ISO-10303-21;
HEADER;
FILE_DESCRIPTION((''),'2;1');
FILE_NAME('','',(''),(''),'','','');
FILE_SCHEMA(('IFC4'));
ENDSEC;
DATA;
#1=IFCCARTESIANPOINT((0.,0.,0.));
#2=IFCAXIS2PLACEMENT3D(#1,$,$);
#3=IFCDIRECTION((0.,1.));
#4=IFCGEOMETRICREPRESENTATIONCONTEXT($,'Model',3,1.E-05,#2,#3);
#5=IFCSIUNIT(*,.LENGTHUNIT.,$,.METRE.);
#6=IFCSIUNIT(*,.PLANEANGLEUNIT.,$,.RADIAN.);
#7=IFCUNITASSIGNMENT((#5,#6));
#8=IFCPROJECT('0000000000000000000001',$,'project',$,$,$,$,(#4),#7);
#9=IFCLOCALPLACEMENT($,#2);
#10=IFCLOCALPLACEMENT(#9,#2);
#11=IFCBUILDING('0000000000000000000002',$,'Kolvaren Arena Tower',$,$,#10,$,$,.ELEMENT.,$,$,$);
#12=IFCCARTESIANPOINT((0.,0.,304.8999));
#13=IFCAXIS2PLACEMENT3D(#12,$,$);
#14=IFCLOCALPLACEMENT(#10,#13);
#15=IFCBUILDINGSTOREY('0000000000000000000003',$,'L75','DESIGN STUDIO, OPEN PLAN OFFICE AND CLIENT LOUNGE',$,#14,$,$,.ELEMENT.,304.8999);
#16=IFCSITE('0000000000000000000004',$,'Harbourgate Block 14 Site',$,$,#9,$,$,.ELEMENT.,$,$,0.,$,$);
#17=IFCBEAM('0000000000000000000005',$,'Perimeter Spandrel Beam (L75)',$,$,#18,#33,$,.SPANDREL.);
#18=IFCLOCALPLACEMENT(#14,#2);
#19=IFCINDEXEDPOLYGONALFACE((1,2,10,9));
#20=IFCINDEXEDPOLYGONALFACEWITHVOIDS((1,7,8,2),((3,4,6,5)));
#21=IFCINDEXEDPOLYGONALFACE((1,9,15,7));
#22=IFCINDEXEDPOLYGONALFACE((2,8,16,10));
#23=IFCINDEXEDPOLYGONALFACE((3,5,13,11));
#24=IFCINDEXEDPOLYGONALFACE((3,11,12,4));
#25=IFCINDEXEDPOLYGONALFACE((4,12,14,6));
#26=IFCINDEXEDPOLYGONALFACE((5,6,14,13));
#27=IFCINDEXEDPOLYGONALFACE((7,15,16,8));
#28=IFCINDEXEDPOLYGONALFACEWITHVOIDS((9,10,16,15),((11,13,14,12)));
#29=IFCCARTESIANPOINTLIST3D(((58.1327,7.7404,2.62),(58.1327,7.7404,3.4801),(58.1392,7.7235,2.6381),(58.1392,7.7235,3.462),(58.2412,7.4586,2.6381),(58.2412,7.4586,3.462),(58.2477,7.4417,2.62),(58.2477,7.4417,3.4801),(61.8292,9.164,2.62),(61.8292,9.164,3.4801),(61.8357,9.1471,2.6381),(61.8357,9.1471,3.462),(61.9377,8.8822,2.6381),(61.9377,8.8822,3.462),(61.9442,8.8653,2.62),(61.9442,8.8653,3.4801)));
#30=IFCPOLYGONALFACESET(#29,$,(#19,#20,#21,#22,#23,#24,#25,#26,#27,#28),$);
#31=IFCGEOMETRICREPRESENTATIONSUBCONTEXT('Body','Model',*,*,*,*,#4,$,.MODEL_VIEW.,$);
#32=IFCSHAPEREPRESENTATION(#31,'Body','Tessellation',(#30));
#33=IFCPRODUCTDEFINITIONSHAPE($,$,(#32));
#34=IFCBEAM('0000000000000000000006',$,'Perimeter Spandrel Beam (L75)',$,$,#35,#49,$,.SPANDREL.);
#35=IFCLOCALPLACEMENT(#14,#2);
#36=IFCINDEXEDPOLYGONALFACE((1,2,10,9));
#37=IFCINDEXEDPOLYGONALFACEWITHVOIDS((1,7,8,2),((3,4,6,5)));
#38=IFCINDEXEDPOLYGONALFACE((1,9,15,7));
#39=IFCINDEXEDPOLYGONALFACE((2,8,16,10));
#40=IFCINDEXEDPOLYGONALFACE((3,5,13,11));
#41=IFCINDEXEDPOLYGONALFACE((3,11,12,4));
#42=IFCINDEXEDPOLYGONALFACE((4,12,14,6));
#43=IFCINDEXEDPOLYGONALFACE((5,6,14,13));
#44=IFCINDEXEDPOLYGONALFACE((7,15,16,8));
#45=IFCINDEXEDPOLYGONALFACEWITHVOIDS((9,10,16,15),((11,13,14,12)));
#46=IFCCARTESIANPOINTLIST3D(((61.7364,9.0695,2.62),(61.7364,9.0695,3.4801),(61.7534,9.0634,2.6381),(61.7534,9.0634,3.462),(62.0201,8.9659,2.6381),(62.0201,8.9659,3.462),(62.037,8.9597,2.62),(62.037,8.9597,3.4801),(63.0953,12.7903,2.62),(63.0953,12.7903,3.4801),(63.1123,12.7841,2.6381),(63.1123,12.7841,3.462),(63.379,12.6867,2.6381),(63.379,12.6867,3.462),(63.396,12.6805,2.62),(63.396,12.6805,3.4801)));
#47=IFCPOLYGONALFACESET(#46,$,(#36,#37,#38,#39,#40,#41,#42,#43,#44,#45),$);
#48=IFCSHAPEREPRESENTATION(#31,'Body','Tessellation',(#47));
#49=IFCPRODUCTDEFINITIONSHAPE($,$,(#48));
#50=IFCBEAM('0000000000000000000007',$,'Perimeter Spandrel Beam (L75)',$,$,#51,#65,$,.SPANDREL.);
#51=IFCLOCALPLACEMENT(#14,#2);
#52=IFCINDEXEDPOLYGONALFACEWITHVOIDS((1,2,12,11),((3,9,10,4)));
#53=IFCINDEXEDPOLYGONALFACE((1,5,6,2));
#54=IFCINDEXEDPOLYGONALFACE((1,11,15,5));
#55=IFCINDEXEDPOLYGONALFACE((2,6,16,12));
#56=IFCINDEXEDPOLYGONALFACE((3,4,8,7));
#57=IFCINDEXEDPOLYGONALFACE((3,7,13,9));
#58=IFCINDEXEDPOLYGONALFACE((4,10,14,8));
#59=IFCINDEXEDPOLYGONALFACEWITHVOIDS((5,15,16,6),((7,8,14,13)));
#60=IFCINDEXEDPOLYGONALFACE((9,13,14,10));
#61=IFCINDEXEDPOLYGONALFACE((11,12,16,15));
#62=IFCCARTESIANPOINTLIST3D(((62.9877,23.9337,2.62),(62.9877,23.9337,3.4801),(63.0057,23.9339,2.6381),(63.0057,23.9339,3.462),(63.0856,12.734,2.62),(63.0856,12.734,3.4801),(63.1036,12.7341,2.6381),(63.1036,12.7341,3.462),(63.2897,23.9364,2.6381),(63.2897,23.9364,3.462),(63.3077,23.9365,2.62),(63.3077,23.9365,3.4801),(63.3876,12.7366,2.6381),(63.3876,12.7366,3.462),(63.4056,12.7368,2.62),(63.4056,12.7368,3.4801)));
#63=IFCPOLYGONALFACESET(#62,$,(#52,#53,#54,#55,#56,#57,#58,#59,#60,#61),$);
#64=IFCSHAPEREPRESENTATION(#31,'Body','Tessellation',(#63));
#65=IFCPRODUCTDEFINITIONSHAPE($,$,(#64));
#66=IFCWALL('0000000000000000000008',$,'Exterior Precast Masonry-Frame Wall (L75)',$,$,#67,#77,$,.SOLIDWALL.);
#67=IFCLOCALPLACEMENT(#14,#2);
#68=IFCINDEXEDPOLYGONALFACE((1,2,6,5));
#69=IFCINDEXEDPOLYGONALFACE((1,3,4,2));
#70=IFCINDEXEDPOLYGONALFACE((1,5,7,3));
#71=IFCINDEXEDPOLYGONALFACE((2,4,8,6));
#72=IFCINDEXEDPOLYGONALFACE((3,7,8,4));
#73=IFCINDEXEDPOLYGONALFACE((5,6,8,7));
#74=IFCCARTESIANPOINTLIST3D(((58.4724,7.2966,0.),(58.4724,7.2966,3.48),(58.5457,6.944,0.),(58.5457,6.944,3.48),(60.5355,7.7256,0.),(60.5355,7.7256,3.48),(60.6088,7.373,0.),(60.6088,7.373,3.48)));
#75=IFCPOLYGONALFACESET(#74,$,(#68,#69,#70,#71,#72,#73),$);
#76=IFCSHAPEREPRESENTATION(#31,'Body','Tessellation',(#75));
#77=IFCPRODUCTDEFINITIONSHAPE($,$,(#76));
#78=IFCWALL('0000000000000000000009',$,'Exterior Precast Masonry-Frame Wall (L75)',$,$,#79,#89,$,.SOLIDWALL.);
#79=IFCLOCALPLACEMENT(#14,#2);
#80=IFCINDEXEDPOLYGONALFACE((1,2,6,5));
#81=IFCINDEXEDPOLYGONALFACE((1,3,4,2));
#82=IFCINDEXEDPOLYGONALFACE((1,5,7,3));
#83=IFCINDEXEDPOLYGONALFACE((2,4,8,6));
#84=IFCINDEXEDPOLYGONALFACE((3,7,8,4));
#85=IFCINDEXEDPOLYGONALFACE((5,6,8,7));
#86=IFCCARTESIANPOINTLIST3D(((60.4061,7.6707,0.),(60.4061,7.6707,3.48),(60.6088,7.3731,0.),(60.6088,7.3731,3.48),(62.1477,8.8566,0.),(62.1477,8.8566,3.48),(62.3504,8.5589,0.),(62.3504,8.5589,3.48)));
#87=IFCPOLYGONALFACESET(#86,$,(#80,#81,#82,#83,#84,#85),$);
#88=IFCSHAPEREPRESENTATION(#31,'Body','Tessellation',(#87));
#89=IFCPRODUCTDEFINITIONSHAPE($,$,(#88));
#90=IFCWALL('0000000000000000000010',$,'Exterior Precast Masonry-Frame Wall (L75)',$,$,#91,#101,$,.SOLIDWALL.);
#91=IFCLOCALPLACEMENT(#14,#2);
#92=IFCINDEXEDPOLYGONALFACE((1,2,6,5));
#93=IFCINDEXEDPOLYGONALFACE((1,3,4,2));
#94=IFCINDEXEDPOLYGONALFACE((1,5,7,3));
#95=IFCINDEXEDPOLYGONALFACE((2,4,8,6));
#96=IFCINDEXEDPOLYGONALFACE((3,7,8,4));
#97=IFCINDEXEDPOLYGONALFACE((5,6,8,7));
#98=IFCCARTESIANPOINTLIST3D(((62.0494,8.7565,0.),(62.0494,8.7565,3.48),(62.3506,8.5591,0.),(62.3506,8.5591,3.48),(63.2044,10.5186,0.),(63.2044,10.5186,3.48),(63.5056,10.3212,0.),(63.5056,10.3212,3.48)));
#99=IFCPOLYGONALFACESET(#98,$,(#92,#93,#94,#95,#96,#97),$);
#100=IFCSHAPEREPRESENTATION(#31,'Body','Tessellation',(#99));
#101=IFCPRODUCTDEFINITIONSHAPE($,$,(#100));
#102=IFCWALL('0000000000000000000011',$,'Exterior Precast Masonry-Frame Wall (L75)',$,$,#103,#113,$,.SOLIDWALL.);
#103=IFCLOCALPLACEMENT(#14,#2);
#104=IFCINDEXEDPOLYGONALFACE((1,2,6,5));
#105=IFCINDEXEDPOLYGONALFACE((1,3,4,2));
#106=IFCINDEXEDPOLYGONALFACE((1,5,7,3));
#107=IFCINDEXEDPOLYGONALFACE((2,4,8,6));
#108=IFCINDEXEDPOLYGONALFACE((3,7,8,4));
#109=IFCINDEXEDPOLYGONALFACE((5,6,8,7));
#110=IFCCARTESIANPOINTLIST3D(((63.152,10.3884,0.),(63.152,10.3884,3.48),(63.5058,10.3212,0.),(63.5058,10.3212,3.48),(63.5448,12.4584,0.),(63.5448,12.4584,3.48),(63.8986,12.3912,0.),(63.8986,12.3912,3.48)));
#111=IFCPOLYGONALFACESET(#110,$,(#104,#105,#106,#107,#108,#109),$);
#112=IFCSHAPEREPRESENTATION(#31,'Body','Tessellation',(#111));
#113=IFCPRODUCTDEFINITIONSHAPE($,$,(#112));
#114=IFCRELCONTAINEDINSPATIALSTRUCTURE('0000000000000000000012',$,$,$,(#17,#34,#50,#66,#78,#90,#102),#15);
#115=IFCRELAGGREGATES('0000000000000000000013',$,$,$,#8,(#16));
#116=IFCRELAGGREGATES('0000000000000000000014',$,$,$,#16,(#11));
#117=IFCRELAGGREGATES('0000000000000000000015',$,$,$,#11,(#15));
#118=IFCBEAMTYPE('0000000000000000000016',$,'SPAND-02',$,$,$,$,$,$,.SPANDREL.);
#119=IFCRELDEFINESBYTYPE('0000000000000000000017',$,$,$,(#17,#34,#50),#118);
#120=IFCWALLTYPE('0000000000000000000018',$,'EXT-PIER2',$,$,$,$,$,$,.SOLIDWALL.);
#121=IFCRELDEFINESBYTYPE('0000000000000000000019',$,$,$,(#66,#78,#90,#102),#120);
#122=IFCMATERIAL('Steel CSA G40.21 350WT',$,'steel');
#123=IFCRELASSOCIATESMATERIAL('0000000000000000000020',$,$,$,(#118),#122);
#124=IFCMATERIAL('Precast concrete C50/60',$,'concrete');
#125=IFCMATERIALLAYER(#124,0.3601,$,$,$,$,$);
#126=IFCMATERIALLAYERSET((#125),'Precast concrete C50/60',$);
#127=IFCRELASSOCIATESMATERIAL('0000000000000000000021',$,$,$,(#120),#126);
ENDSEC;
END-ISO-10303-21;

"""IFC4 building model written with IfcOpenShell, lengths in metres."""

from ifc_helpers import new_model, si_unit, direction, frame, frame_2d, origin, origin_2d, place, context, subcontext, project, spatial, rectangle, hollow_rectangle, extrude, material, layer, layer_set, material_profile, profile_set, type_object, element, save


model = new_model("IFC4")

# Units and contexts
model_context = context("Model", 3, precision=1e-05, world=origin(), true_north=direction((0.0, 1.0)))
body_context = subcontext(model_context, "Body", "Model", "MODEL_VIEW")
ifc_project = project(units=[si_unit("LENGTHUNIT", "METRE"), si_unit("PLANEANGLEUNIT", "RADIAN")], contexts=[model_context])

# Site, building, storey
site_placement = place(None, origin())
site = spatial("IfcSite", under=ifc_project, at=site_placement, Name="Harbourgate Block 14 Site", CompositionType="ELEMENT", RefElevation=0.0)
building_placement = place(site_placement, origin())
building = spatial("IfcBuilding", under=site, at=building_placement, Name="Kolvaren Arena Tower", CompositionType="ELEMENT")
storey_placement = place(building_placement, frame((0.0, 0.0, 304.8999)))
storey = spatial("IfcBuildingStorey", under=building, at=storey_placement, Name="L75", Description="DESIGN STUDIO, OPEN PLAN OFFICE AND CLIENT LOUNGE", CompositionType="ELEMENT", Elevation=304.8999)

# Shared definitions
ifc_material_1 = material(Name="Precast concrete C50/60", Category="concrete")

# Beams
ifc_material_2 = material(Name="Steel CSA G40.21 350WT", Category="steel")
ifc_material_profile_1 = material_profile(ifc_material_2, hollow_rectangle(XDim=0.3201, YDim=0.8601, WallThickness=0.0181, at=origin_2d()), Name="HSS 860x320x18")
ifc_profile_set_1 = profile_set([ifc_material_profile_1], Name="Steel CSA G40.21 350WT")
beam_type_1 = type_object("IfcBeamType", Name="SPAND-02", PredefinedType="SPANDREL", material=ifc_profile_set_1)
for number, where, z_axis, x_axis, name in (
    (1, (58.1902, 7.5911, 3.05), (0.93319, 0.359384, 0.0), (-0.359384, 0.93319, 0.0), "Perimeter Spandrel Beam (L75)"),
    (2, (61.8867, 9.0146, 3.05), (0.343059, 0.939314, 0.0), (-0.939314, 0.343059, 0.0), "Perimeter Spandrel Beam (L75)"),
):
    element("IfcBeam", number, at=place(storey_placement, frame(where, z_axis=z_axis, x_axis=x_axis)), inside=storey, type_object=beam_type_1, Name=name, PredefinedType="SPANDREL", context=body_context, shape_type="SweptSolid", body=[
        extrude(hollow_rectangle(XDim=0.3201, YDim=0.8601, WallThickness=0.0181, at=origin_2d()), origin(), (0.0, 0.0, 1.0), 3.9612),
    ])
beam_1_placement = place(storey_placement, frame((63.2456, 12.7354, 3.05), z_axis=(-0.008741, 0.999962, 0.0), x_axis=(-0.999962, -0.008741, 0.0)))
element("IfcBeam", 3, at=beam_1_placement, inside=storey, type_object=beam_type_1, Name="Perimeter Spandrel Beam (L75)", PredefinedType="SPANDREL", context=body_context, shape_type="SweptSolid", body=[
    extrude(hollow_rectangle(XDim=0.3201, YDim=0.8601, WallThickness=0.0181, at=origin_2d()), origin(), (0.0, 0.0, 1.0), 11.2002),
])

# Walls
ifc_layer_1 = layer(ifc_material_1, 0.3601)
ifc_layer_set_1 = layer_set([ifc_layer_1], Name="Precast concrete C50/60")
wall_type_1 = type_object("IfcWallType", Name="EXT-PIER2", PredefinedType="SOLIDWALL", material=ifc_layer_set_1)
wall_1_placement = place(storey_placement, frame((60.5723, 7.5493, 0.0), z_axis=(0.0, 0.0, 1.0), x_axis=(-0.979059, -0.203575, 0.0)))
element("IfcWall", 4, at=wall_1_placement, inside=storey, type_object=wall_type_1, Name="Exterior Precast Masonry-Frame Wall (L75)", PredefinedType="SOLIDWALL", context=body_context, shape_type="SweptSolid", body=[
    extrude(rectangle(XDim=2.1072, YDim=0.3601, at=frame_2d((1.0537, 0.0))), origin(), (0.0, 0.0, 1.0), 3.48),
])
for number, where, z_axis, x_axis, name in (
    (5, (62.249, 8.7078, 0.0), (0.0, 0.0, 1.0), (-0.826573, -0.56283, 0.0), "Exterior Precast Masonry-Frame Wall (L75)"),
    (6, (63.355, 10.4199, 0.0), (0.0, 0.0, 1.0), (-0.548186, -0.836357, 0.0), "Exterior Precast Masonry-Frame Wall (L75)"),
    (7, (63.7217, 12.4248, 0.0), (0.0, 0.0, 1.0), (-0.186436, -0.982467, 0.0), "Exterior Precast Masonry-Frame Wall (L75)"),
):
    element("IfcWall", number, at=place(storey_placement, frame(where, z_axis=z_axis, x_axis=x_axis)), inside=storey, type_object=wall_type_1, Name=name, PredefinedType="SOLIDWALL", context=body_context, shape_type="SweptSolid", body=[
        extrude(rectangle(XDim=2.1069, YDim=0.3601, at=frame_2d((1.0535, 0.0))), origin(), (0.0, 0.0, 1.0), 3.48),
    ])

save(model, "model.ifc")
